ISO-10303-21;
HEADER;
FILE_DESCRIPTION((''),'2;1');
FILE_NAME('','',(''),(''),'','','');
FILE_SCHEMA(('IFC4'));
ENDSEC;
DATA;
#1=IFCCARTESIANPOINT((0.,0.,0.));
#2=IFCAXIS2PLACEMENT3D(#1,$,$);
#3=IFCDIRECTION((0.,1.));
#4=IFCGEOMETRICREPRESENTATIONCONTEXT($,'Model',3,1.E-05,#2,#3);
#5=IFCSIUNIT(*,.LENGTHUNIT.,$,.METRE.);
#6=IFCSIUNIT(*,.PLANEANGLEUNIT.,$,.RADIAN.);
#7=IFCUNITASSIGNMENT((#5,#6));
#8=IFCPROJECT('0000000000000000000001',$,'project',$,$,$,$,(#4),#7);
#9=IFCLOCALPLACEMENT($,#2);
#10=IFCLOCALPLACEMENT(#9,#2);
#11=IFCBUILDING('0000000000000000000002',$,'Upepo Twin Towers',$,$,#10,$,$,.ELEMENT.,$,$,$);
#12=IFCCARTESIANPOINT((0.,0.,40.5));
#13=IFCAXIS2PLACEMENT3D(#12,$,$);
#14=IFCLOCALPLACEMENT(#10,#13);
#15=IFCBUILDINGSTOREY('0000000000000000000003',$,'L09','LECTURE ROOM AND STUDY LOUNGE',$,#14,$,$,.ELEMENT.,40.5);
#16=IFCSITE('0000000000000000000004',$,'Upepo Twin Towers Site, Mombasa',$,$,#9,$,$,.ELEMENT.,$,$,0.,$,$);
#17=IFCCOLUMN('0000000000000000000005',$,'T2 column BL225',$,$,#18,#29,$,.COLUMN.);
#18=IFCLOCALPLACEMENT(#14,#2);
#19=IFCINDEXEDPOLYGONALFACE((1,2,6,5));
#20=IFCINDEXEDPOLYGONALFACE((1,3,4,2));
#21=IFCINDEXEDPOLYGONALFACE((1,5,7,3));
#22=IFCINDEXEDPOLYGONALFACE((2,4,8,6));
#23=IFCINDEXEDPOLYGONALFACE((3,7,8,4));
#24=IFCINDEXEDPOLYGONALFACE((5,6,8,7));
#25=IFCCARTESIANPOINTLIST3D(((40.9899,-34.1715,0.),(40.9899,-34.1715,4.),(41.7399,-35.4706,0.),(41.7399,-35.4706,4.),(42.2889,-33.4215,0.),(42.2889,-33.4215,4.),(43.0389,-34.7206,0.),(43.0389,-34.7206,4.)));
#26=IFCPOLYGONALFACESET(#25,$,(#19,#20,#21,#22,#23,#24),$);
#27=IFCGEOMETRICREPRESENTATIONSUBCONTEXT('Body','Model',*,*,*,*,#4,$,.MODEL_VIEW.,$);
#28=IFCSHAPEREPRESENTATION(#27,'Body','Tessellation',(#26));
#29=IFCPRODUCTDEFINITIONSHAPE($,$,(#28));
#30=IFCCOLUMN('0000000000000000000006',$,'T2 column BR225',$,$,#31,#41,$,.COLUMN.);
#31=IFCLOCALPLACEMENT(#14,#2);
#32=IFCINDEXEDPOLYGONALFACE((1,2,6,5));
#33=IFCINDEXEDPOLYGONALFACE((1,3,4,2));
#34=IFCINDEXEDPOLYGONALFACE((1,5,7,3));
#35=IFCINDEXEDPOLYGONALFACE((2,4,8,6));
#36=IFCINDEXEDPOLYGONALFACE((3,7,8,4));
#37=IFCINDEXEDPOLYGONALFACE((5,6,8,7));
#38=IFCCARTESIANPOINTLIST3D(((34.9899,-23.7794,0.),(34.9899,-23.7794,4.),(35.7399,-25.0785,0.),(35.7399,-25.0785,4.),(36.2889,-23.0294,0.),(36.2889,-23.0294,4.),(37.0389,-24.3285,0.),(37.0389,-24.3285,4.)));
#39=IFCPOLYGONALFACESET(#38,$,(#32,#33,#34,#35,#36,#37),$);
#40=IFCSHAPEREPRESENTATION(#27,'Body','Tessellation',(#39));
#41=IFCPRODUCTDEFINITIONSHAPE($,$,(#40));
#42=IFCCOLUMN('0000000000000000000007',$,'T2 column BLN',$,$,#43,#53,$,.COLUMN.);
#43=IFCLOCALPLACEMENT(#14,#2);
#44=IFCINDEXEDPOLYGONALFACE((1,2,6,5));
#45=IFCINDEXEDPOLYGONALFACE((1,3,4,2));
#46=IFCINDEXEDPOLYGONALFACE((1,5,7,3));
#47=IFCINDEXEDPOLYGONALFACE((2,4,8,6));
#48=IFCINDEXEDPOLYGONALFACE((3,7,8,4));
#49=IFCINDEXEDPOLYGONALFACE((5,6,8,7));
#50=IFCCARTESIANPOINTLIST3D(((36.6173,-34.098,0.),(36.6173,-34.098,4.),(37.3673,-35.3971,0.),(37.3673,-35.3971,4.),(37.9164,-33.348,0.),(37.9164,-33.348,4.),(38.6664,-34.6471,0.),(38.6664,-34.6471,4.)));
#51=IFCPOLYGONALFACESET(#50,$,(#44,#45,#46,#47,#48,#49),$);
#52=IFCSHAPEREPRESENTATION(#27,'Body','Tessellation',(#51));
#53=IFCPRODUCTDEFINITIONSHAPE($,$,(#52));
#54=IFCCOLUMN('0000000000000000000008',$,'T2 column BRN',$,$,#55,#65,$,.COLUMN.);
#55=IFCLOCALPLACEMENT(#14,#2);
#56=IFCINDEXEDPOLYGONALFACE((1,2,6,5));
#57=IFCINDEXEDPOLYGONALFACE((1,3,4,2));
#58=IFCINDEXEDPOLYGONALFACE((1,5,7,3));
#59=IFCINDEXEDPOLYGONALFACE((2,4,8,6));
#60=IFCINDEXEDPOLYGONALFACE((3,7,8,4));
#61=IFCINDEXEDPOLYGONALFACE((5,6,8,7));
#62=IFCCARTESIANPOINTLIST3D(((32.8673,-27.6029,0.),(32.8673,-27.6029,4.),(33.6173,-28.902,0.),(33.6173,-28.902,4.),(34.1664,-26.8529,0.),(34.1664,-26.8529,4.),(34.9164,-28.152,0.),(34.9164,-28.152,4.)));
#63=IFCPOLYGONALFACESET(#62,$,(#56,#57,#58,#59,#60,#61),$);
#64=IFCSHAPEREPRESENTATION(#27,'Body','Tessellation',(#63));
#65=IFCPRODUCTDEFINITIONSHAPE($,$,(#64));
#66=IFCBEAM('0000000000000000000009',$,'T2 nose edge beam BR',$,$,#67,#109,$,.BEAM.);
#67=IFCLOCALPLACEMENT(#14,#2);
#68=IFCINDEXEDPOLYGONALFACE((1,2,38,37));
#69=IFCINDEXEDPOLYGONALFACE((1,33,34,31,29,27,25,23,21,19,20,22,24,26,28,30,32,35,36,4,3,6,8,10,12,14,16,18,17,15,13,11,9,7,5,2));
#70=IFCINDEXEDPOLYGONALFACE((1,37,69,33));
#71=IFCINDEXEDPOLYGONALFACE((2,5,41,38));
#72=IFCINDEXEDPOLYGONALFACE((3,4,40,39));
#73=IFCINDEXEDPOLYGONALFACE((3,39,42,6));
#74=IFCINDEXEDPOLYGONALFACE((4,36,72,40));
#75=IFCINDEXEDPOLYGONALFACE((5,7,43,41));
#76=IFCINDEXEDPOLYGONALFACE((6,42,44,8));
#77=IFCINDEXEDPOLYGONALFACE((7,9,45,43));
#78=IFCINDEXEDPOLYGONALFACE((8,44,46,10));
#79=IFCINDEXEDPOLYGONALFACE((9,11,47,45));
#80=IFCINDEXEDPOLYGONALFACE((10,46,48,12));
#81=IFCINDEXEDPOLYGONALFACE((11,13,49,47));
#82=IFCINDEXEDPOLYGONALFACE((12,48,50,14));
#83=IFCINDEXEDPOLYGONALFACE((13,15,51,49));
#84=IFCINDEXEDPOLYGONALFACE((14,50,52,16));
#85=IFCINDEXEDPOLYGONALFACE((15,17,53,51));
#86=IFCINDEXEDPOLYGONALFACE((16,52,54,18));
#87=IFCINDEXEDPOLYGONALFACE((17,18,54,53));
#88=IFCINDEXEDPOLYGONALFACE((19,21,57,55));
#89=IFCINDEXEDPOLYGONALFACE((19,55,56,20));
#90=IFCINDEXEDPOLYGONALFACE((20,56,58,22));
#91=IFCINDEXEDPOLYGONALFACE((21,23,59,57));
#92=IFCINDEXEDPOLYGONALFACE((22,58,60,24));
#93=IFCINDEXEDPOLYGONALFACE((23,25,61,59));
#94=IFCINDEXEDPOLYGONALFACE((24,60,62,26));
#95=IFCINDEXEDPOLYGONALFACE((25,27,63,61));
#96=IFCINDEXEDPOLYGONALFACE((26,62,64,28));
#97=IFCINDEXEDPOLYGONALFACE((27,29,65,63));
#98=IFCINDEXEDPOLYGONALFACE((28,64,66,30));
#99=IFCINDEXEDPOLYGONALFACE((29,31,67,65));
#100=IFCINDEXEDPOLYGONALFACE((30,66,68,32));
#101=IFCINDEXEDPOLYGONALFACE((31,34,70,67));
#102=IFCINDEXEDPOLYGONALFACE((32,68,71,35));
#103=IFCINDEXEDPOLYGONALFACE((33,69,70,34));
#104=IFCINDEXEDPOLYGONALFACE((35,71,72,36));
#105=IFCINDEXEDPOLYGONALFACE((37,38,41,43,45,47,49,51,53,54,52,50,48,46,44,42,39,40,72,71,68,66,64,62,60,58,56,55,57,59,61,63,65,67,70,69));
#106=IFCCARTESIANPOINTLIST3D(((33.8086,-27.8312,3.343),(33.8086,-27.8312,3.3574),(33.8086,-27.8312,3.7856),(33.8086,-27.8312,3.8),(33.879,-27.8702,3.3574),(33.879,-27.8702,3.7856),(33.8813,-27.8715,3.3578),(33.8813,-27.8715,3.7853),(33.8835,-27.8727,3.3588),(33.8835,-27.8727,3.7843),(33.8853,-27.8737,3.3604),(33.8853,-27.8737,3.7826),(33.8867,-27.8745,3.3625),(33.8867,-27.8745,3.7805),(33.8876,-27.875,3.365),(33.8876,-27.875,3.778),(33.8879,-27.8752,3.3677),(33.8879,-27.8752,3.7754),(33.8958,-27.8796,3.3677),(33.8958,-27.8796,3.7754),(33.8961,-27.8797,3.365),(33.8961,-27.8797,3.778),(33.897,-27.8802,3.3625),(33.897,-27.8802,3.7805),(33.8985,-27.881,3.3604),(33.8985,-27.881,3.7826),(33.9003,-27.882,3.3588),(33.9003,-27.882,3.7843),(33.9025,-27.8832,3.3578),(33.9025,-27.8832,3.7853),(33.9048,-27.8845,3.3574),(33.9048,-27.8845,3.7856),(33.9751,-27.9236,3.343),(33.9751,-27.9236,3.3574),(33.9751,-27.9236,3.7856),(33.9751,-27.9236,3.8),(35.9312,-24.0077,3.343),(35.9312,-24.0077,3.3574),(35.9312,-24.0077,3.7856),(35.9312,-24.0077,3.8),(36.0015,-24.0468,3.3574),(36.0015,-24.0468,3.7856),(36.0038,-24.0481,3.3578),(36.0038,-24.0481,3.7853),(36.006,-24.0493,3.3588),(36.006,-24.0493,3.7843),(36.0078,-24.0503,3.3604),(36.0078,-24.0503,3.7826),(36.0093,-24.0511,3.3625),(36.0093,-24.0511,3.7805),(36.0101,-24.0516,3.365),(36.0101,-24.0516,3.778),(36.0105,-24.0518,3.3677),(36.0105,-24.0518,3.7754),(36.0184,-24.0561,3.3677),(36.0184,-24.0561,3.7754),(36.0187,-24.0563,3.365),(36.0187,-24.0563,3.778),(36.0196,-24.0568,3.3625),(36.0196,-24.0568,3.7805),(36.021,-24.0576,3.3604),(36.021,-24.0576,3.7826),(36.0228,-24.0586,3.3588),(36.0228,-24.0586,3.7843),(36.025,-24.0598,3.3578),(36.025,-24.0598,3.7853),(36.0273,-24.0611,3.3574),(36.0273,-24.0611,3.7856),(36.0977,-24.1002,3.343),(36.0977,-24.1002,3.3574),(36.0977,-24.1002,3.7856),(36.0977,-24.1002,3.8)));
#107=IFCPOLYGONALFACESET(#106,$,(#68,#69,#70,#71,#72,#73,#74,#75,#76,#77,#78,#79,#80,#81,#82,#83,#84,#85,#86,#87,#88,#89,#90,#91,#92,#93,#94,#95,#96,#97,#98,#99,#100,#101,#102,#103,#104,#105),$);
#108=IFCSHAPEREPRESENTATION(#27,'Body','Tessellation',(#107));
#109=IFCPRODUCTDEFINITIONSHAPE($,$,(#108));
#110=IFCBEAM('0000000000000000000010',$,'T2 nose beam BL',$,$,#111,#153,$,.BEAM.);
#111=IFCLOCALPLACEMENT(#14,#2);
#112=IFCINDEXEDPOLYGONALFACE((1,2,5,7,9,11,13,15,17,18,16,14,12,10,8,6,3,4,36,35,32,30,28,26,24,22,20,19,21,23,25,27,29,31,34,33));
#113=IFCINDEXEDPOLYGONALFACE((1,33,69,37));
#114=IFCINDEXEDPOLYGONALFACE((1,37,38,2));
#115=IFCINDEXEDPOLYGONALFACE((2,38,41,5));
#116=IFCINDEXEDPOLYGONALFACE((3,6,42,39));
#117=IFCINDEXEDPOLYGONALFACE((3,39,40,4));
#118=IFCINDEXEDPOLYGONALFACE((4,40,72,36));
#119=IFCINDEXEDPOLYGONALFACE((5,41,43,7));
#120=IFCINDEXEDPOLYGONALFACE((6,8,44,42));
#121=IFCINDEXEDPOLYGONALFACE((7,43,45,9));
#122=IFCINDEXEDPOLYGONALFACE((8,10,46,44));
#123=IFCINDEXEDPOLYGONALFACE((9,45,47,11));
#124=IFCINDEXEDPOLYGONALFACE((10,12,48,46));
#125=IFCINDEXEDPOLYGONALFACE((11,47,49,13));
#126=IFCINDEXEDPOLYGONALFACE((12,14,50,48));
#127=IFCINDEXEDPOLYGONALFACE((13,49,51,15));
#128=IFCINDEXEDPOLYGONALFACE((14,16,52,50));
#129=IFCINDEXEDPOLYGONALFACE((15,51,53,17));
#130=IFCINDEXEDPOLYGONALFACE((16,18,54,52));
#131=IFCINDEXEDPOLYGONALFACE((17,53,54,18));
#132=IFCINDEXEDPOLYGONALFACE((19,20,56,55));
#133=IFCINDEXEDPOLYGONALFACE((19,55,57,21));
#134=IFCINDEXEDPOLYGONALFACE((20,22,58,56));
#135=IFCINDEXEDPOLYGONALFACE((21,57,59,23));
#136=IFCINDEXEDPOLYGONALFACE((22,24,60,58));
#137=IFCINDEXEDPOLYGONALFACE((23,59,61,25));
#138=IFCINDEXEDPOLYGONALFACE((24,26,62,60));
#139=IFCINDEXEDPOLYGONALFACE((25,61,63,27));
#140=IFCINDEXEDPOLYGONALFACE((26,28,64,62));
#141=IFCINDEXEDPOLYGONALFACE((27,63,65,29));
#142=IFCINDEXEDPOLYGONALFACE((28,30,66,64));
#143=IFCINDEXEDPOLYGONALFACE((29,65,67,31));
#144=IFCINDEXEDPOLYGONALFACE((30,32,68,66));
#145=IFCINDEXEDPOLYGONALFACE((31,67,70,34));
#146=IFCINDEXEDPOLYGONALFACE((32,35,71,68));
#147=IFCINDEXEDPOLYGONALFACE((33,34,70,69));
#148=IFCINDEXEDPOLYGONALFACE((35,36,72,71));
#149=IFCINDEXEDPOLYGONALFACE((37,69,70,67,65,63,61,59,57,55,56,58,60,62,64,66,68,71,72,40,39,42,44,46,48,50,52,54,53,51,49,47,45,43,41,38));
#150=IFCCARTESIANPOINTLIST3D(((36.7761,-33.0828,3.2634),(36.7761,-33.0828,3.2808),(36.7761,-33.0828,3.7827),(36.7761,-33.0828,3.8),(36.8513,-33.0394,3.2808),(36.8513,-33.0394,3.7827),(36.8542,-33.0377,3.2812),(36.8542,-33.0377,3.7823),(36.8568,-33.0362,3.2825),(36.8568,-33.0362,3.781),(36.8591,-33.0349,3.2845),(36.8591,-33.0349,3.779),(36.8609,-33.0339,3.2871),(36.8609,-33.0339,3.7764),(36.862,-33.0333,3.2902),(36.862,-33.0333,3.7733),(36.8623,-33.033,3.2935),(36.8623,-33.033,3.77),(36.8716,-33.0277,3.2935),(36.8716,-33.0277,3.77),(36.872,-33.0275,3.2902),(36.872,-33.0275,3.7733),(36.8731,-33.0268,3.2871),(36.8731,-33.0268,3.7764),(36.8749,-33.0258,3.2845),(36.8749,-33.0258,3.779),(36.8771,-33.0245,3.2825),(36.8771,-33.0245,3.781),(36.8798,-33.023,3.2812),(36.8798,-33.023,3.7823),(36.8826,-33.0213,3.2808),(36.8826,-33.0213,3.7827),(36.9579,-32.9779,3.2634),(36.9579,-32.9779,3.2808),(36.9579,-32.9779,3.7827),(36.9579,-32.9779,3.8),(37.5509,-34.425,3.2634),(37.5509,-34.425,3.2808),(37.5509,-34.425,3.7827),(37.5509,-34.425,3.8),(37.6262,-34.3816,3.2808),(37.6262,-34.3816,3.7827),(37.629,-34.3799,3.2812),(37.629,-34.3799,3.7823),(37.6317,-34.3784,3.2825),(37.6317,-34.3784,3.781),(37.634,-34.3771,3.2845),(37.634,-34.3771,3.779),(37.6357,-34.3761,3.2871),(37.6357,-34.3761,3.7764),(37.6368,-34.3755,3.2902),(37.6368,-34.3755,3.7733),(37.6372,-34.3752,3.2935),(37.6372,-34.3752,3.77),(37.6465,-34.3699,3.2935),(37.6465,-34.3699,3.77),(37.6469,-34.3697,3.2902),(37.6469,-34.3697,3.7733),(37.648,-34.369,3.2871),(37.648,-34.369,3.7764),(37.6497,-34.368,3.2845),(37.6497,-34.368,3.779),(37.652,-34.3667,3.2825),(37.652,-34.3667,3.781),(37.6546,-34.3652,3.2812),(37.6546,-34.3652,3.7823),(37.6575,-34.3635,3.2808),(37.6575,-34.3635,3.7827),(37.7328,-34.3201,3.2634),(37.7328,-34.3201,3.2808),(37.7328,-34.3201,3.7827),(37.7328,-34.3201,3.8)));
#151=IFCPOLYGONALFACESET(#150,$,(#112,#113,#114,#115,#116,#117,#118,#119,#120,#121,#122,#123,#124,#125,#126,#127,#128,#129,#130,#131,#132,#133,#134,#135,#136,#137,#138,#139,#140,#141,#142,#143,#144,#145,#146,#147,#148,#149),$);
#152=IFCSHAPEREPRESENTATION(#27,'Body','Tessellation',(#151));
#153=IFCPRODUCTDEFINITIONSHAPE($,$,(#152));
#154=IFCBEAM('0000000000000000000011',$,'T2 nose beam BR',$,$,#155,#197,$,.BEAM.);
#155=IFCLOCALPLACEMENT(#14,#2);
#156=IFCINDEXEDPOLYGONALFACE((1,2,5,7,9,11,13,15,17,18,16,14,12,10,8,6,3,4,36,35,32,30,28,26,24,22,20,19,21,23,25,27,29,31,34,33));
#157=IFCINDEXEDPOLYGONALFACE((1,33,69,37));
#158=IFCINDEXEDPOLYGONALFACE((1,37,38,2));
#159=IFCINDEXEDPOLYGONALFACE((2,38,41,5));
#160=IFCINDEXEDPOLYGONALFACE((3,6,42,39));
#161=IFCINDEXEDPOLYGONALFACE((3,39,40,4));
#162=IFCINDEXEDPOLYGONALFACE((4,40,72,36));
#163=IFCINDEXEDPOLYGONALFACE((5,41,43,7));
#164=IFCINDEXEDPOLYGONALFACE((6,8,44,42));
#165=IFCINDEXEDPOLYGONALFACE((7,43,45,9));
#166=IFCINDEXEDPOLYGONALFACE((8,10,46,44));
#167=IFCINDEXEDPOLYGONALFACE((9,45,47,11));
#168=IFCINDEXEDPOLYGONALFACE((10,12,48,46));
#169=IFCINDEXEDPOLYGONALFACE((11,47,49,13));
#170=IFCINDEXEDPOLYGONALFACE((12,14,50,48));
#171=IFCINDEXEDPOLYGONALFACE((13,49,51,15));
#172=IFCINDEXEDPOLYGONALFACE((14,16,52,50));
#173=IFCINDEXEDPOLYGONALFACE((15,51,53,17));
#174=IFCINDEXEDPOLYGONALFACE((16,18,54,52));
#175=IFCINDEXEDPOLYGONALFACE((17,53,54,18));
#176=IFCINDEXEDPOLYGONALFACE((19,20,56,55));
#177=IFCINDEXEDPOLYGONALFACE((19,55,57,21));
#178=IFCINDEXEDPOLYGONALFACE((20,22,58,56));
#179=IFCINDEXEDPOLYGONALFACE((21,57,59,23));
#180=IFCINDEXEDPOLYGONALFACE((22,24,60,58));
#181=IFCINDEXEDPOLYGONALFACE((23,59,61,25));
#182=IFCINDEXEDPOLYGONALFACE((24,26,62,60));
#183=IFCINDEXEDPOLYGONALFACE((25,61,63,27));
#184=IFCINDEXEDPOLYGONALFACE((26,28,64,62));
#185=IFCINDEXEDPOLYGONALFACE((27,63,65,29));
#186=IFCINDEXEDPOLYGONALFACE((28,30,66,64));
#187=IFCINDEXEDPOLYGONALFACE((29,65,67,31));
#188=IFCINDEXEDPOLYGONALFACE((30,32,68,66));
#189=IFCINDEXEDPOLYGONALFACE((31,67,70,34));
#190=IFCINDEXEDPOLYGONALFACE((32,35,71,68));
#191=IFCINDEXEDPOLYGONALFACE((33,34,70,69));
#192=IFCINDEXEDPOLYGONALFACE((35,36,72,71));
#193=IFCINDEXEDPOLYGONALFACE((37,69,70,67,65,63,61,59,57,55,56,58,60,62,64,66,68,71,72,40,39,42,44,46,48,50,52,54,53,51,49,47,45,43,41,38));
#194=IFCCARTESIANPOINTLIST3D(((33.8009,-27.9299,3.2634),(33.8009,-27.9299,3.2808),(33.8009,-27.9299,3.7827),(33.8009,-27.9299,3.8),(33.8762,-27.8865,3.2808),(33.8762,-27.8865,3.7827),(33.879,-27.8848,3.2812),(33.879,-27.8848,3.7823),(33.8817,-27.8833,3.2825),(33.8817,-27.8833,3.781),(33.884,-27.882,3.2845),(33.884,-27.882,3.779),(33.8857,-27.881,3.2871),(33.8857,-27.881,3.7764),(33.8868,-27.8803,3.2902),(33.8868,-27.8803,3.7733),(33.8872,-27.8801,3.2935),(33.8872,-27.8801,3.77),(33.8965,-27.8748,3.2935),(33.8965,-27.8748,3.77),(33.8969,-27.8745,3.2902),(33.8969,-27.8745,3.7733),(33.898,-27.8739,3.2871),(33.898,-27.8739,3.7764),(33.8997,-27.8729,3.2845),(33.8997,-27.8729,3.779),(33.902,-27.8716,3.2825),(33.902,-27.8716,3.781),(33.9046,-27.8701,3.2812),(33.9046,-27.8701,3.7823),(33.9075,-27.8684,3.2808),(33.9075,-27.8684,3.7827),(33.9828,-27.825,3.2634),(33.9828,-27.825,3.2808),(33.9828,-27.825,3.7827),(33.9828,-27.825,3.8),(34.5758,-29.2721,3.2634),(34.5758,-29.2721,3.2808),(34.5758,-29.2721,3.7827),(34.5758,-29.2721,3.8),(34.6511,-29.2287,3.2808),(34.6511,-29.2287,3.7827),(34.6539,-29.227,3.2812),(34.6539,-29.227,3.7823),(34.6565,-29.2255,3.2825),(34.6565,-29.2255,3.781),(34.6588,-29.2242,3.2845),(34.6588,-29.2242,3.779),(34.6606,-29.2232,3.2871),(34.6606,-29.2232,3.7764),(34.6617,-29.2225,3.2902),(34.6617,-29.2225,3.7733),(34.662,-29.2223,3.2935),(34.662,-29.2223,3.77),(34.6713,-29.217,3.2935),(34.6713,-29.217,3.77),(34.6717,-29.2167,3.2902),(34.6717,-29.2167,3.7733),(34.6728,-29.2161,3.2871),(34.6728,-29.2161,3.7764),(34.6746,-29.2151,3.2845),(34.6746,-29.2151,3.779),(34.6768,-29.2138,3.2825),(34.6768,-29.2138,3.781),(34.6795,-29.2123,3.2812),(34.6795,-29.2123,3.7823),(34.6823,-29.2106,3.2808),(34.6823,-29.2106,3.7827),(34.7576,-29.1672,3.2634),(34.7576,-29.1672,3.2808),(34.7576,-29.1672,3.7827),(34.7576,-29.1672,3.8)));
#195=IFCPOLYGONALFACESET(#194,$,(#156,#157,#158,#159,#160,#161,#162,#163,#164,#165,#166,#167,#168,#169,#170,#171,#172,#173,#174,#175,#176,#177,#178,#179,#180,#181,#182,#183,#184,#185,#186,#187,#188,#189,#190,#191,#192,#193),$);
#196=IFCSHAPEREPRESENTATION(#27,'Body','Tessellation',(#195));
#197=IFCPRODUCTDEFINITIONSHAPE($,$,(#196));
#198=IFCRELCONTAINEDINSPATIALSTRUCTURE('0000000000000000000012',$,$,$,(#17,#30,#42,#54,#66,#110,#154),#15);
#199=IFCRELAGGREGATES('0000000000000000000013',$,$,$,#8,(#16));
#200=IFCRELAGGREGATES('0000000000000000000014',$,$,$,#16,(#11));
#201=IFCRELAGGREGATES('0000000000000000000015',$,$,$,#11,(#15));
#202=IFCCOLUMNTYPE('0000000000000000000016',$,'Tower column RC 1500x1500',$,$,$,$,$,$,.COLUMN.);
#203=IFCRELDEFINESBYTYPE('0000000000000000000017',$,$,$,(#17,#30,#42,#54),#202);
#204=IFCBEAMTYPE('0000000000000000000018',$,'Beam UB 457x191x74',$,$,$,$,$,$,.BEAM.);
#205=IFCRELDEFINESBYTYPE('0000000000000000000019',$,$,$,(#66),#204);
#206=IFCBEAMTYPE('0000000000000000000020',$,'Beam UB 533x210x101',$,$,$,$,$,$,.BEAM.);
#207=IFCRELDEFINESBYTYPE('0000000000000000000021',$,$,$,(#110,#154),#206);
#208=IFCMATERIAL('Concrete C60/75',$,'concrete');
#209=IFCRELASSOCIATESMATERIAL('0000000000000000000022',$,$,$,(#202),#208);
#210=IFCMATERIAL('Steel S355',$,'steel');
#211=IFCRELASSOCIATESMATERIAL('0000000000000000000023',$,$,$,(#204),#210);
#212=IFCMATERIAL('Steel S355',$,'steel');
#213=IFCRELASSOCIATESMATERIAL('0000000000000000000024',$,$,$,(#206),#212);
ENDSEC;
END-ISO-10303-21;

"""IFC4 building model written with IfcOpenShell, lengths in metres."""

from ifc_helpers import new_model, si_unit, direction, frame, origin, origin_2d, place, context, subcontext, project, spatial, rectangle, i_section, extrude, material, material_profile, profile_set, type_object, element, save


model = new_model("IFC4")

# Units and contexts
model_context = context("Model", 3, precision=1e-05, world=origin(), true_north=direction((0.0, 1.0)))
body_context = subcontext(model_context, "Body", "Model", "MODEL_VIEW")
ifc_project = project(units=[si_unit("LENGTHUNIT", "METRE"), si_unit("PLANEANGLEUNIT", "RADIAN")], contexts=[model_context])

# Site, building, storey
site_placement = place(None, origin())
site = spatial("IfcSite", under=ifc_project, at=site_placement, Name="Upepo Twin Towers Site, Mombasa", CompositionType="ELEMENT", RefElevation=0.0)
building_placement = place(site_placement, origin())
building = spatial("IfcBuilding", under=site, at=building_placement, Name="Upepo Twin Towers", CompositionType="ELEMENT")
storey_placement = place(building_placement, frame((0.0, 0.0, 40.5)))
storey = spatial("IfcBuildingStorey", under=building, at=storey_placement, Name="L09", Description="LECTURE ROOM AND STUDY LOUNGE", CompositionType="ELEMENT", Elevation=40.5)

# Columns
ifc_material_1 = material(Name="Concrete C60/75", Category="concrete")
ifc_material_profile_1 = material_profile(ifc_material_1, rectangle(XDim=1.5, YDim=1.5, at=origin_2d()), Name="RC 1500x1500")
ifc_profile_set_1 = profile_set([ifc_material_profile_1], Name="Concrete C60/75")
column_type = type_object("IfcColumnType", Name="Tower column RC 1500x1500", PredefinedType="COLUMN", material=ifc_profile_set_1)
for number, where, z_axis, x_axis, name in (
    (1, (42.0144, -34.446, 0.0), (0.0, 0.0, 1.0), (0.866025, 0.5, 0.0), "T2 column BL225"),
    (2, (36.0144, -24.054, 0.0), (0.0, 0.0, 1.0), (0.866025, 0.5, 0.0), "T2 column BR225"),
    (3, (37.6418, -34.3726, 0.0), (0.0, 0.0, 1.0), (0.866025, 0.5, 0.0), "T2 column BLN"),
    (4, (33.8918, -27.8774, 0.0), (0.0, 0.0, 1.0), (0.866025, 0.5, 0.0), "T2 column BRN"),
):
    element("IfcColumn", number, at=place(storey_placement, frame(where, z_axis=z_axis, x_axis=x_axis)), inside=storey, type_object=column_type, Name=name, PredefinedType="COLUMN", context=body_context, shape_type="SweptSolid", body=[
        extrude(rectangle(XDim=1.5, YDim=1.5, at=origin_2d()), origin(), (0.0, 0.0, 1.0), 4.0),
    ])

# Beams
ifc_material_2 = material(Name="Steel S355", Category="steel")
ifc_material_profile_2 = material_profile(ifc_material_2, i_section(OverallWidth=0.1904, OverallDepth=0.457, WebThickness=0.009, FlangeThickness=0.0144, FilletRadius=0.0103, at=origin_2d()), Name="UB 457x191x74")
ifc_profile_set_2 = profile_set([ifc_material_profile_2], Name="Steel S355")
beam_type_1 = type_object("IfcBeamType", Name="Beam UB 457x191x74", PredefinedType="BEAM", material=ifc_profile_set_2)
beam_placement = place(storey_placement, frame((36.0144, -24.054, 3.5715), z_axis=(-0.485363, -0.874313, 0.0), x_axis=(0.874313, -0.485363, 0.0)))
element("IfcBeam", 5, at=beam_placement, inside=storey, type_object=beam_type_1, Name="T2 nose edge beam BR", PredefinedType="BEAM", context=body_context, shape_type="SweptSolid", body=[
    extrude(i_section(OverallWidth=0.1904, OverallDepth=0.457, WebThickness=0.009, FlangeThickness=0.0144, FilletRadius=0.0103, at=origin_2d()), origin(), (0.0, 0.0, 1.0), 4.373),
])
ifc_material_3 = material(Name="Steel S355", Category="steel")
ifc_material_profile_3 = material_profile(ifc_material_3, i_section(OverallWidth=0.21, OverallDepth=0.5366, WebThickness=0.0107, FlangeThickness=0.0173, FilletRadius=0.0127, at=origin_2d()), Name="UB 533x210x101")
ifc_profile_set_3 = profile_set([ifc_material_profile_3], Name="Steel S355")
beam_type_2 = type_object("IfcBeamType", Name="Beam UB 533x210x101", PredefinedType="BEAM", material=ifc_profile_set_3)
for number, where, z_axis, x_axis, name in (
    (6, (37.6418, -34.3726, 3.5317), (-0.499968, 0.866044, 0.0), (-0.866044, -0.499968, 0.0), "T2 nose beam BL"),
    (7, (33.8918, -27.8774, 3.5317), (0.499968, -0.866044, 0.0), (0.866044, 0.499968, 0.0), "T2 nose beam BR"),
):
    element("IfcBeam", number, at=place(storey_placement, frame(where, z_axis=z_axis, x_axis=x_axis)), inside=storey, type_object=beam_type_2, Name=name, PredefinedType="BEAM", context=body_context, shape_type="SweptSolid", body=[
        extrude(i_section(OverallWidth=0.21, OverallDepth=0.5366, WebThickness=0.0107, FlangeThickness=0.0173, FilletRadius=0.0127, at=origin_2d()), origin(), (0.0, 0.0, 1.0), 1.5498),
    ])

save(model, "model.ifc")
